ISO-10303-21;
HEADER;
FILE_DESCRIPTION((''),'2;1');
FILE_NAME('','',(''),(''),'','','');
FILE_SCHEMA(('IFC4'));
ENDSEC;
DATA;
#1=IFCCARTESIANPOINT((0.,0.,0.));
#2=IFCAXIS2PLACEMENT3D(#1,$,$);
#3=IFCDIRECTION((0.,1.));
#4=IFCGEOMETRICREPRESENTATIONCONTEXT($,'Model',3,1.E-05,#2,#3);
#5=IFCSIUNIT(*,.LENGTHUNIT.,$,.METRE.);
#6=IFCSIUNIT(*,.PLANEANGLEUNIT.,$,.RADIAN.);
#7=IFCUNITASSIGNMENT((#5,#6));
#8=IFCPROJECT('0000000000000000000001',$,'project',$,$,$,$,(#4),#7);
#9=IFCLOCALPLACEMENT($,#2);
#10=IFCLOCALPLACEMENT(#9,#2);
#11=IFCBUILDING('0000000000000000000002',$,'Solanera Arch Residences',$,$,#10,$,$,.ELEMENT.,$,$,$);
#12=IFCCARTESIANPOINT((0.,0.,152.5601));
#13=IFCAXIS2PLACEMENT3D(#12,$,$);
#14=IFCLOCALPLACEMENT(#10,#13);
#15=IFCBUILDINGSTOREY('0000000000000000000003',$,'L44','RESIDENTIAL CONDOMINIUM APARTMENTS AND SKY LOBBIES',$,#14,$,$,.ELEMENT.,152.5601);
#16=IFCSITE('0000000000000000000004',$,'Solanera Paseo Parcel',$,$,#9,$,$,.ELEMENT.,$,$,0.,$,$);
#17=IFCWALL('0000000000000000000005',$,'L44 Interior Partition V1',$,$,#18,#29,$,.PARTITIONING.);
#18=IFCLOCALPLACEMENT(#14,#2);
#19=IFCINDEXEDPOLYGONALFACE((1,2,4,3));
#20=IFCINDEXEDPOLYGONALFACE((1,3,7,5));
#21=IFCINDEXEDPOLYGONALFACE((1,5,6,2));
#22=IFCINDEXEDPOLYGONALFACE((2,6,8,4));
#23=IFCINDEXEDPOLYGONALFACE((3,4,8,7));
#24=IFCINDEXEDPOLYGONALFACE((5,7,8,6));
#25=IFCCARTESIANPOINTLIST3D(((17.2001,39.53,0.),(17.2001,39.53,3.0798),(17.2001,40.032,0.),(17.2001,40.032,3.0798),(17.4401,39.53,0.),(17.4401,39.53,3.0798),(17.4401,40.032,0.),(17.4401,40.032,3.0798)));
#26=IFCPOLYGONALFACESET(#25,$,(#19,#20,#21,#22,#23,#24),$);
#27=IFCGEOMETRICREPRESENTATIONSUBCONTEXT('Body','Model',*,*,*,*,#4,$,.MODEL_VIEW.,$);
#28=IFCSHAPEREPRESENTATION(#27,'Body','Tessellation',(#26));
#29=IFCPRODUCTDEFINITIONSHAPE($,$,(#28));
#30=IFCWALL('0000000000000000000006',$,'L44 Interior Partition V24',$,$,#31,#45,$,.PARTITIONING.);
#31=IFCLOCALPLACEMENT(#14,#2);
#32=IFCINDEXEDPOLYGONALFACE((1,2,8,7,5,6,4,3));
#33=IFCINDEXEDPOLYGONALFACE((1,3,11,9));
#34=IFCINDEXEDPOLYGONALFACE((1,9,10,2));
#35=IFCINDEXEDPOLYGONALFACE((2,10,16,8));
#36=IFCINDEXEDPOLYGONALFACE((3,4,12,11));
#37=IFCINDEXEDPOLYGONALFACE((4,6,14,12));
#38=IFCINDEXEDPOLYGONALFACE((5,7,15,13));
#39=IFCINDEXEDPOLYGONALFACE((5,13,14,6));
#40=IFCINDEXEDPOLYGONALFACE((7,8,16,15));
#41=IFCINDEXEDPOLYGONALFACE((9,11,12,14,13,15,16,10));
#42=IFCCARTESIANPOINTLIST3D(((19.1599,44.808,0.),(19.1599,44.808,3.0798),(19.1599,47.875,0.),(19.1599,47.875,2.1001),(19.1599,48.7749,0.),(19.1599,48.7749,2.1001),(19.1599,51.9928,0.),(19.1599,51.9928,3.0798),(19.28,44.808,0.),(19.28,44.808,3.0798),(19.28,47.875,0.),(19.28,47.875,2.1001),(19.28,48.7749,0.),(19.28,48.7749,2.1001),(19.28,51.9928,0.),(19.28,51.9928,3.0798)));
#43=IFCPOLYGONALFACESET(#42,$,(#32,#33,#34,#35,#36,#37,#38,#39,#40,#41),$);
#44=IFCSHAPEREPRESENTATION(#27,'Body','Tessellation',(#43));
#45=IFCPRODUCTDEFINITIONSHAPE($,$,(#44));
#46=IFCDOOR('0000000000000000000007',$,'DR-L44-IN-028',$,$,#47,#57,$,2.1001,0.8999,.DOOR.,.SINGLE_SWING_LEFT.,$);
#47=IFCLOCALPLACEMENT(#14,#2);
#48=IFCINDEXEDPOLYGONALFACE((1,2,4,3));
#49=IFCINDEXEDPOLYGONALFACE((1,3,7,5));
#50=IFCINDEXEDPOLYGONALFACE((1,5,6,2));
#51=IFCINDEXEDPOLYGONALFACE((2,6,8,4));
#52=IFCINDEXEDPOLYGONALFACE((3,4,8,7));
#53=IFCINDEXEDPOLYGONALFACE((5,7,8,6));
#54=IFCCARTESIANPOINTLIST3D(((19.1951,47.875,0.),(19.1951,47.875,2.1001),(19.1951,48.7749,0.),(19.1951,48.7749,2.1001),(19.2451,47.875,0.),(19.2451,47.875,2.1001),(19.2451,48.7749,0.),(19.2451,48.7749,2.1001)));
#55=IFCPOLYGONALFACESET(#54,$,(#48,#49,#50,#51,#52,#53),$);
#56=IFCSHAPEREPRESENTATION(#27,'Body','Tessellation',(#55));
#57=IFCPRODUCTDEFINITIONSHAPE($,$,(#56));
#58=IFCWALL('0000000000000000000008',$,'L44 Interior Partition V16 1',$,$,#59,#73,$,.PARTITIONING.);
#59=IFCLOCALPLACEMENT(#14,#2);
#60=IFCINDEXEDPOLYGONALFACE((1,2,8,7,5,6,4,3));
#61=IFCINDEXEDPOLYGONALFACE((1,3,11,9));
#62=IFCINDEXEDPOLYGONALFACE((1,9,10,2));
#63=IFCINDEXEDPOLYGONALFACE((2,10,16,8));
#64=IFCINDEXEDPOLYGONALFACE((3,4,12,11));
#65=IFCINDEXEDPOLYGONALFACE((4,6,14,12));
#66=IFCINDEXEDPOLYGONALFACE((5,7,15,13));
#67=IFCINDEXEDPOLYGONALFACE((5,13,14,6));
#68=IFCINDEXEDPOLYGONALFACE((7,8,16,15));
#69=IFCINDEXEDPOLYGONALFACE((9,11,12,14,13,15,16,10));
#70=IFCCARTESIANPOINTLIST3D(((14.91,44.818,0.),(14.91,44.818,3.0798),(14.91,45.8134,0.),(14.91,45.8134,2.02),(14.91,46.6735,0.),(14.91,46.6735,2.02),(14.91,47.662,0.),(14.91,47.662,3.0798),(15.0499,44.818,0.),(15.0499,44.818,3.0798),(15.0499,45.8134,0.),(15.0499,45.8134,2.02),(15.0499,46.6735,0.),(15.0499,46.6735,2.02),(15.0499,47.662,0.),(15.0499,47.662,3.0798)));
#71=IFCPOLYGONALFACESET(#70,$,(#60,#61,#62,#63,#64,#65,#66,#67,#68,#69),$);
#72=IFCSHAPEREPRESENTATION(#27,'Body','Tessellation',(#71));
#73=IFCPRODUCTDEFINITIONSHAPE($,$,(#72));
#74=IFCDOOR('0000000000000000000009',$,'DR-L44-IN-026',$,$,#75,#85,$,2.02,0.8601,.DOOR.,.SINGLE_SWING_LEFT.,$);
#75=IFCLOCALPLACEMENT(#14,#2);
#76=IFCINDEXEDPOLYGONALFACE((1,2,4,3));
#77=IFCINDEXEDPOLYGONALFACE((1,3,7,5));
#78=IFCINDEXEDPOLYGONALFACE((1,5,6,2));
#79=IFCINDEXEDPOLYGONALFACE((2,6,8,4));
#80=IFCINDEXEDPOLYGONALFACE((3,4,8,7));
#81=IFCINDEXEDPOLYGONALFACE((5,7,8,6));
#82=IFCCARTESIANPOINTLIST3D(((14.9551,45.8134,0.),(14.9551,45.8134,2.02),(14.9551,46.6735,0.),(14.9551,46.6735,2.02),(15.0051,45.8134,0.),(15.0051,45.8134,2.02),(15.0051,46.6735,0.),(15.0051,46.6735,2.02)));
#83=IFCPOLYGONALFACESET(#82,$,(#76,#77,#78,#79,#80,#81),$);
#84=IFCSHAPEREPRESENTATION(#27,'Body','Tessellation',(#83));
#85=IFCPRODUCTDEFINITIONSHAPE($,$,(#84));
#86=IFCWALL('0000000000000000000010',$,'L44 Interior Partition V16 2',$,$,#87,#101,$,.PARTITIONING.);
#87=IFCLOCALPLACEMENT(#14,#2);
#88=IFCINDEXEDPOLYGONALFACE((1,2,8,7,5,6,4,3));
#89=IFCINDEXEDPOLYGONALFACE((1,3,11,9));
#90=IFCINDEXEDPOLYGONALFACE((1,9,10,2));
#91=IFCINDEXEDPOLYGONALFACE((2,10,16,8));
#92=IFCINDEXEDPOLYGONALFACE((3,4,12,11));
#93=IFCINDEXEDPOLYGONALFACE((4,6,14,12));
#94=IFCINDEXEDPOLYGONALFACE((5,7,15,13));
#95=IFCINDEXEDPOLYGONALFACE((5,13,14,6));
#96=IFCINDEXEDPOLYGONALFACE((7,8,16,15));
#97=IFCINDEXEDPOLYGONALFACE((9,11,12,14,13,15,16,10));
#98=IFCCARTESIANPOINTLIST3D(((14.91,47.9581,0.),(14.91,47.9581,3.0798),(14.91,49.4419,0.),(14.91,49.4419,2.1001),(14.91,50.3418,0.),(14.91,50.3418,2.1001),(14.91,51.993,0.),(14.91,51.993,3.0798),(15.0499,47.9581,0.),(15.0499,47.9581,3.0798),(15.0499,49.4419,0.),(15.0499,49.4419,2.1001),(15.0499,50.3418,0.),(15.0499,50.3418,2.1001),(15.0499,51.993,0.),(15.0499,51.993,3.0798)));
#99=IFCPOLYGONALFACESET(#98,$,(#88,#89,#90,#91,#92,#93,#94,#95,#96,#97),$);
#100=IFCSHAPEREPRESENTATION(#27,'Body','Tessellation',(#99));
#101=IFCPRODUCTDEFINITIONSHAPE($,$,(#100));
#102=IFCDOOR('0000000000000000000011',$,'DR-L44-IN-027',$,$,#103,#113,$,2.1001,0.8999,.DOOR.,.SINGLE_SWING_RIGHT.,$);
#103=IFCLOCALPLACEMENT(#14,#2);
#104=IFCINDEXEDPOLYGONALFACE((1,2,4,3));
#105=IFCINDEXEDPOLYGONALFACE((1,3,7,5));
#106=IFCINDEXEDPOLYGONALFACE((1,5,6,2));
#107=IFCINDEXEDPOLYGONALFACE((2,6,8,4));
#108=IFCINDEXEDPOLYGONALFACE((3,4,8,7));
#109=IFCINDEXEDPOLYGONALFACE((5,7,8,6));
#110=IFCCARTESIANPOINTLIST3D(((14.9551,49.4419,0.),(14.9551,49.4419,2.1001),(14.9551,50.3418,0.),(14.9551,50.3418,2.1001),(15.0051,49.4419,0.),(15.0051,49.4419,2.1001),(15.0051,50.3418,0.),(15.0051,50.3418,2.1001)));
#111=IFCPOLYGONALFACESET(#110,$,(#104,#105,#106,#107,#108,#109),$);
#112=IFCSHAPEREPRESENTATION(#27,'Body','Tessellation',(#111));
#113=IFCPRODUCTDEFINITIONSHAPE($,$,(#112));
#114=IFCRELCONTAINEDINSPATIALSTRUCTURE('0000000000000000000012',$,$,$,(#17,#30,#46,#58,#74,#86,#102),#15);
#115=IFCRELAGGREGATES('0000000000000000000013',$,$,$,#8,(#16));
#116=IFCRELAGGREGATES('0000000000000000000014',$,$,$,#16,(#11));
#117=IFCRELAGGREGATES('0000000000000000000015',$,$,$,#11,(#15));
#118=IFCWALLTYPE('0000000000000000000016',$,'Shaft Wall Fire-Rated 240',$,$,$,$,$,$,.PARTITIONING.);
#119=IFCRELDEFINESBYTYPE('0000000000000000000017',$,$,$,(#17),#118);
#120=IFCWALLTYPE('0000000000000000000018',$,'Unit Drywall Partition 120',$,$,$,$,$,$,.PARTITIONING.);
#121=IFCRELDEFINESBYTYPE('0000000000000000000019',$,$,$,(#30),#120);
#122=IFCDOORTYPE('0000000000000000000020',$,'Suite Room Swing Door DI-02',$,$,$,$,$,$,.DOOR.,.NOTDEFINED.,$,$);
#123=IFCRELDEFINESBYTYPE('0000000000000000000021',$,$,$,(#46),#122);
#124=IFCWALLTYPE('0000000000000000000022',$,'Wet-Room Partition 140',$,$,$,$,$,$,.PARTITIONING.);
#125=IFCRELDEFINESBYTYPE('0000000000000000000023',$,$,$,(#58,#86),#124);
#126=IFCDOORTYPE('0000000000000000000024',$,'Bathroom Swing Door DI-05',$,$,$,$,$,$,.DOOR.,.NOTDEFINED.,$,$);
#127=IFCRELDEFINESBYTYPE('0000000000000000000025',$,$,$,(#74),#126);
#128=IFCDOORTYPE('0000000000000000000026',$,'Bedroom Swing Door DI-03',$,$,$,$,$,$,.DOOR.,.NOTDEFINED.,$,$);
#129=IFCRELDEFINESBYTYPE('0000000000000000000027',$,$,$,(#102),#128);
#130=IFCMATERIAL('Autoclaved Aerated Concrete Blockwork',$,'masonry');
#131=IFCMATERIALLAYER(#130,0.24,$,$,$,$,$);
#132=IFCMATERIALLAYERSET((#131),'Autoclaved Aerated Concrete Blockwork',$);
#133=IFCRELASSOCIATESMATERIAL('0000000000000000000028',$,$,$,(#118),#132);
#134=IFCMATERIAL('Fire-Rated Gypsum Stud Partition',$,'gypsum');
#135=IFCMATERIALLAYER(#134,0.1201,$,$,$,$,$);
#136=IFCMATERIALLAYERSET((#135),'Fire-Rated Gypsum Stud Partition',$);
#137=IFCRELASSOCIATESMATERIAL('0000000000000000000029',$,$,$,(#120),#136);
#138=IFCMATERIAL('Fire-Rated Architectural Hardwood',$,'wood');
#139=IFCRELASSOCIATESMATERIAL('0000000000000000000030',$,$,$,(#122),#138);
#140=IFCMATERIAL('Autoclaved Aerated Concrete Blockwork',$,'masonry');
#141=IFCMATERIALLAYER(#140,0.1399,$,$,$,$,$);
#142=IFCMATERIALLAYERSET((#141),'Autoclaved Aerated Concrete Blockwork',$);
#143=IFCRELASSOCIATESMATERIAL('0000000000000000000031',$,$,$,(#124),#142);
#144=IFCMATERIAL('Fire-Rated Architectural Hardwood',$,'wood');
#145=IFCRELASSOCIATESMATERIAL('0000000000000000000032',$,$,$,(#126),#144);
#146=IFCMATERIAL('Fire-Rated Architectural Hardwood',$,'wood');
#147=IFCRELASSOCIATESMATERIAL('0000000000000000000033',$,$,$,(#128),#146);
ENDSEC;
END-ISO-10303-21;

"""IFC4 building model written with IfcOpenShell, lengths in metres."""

from ifc_helpers import new_model, si_unit, direction, frame, frame_2d, origin, place, context, subcontext, project, spatial, rectangle, extrude, material, layer, layer_set, type_object, element, fill, save


model = new_model("IFC4")

# Units and contexts
model_context = context("Model", 3, precision=1e-05, world=origin(), true_north=direction((0.0, 1.0)))
body_context = subcontext(model_context, "Body", "Model", "MODEL_VIEW")
ifc_project = project(units=[si_unit("LENGTHUNIT", "METRE"), si_unit("PLANEANGLEUNIT", "RADIAN")], contexts=[model_context])

# Site, building, storey
site_placement = place(None, origin())
site = spatial("IfcSite", under=ifc_project, at=site_placement, Name="Solanera Paseo Parcel", CompositionType="ELEMENT", RefElevation=0.0)
building_placement = place(site_placement, origin())
building = spatial("IfcBuilding", under=site, at=building_placement, Name="Solanera Arch Residences", CompositionType="ELEMENT")
storey_placement = place(building_placement, frame((0.0, 0.0, 152.5601)))
storey = spatial("IfcBuildingStorey", under=building, at=storey_placement, Name="L44", Description="RESIDENTIAL CONDOMINIUM APARTMENTS AND SKY LOBBIES", CompositionType="ELEMENT", Elevation=152.5601)

# Wall
ifc_material_1 = material(Name="Autoclaved Aerated Concrete Blockwork", Category="masonry")
ifc_layer_1 = layer(ifc_material_1, 0.24)
ifc_layer_set_1 = layer_set([ifc_layer_1], Name="Autoclaved Aerated Concrete Blockwork")
wall_type_1 = type_object("IfcWallType", Name="Shaft Wall Fire-Rated 240", PredefinedType="PARTITIONING", material=ifc_layer_set_1)
wall_1_placement = place(storey_placement, frame((17.3201, 39.53, 0.0), z_axis=(0.0, 0.0, 1.0), x_axis=(0.0, 1.0, 0.0)))
element("IfcWall", 1, at=wall_1_placement, inside=storey, type_object=wall_type_1, Name="L44 Interior Partition V1", PredefinedType="PARTITIONING", context=body_context, shape_type="SweptSolid", body=[
    extrude(rectangle(XDim=0.502, YDim=0.24, at=frame_2d((0.251, 0.0))), origin(), (0.0, 0.0, 1.0), 3.0798),
])

# Walls, openings, doors
ifc_material_2 = material(Name="Fire-Rated Gypsum Stud Partition", Category="gypsum")
ifc_layer_2 = layer(ifc_material_2, 0.1201)
ifc_layer_set_2 = layer_set([ifc_layer_2], Name="Fire-Rated Gypsum Stud Partition")
wall_type_2 = type_object("IfcWallType", Name="Unit Drywall Partition 120", PredefinedType="PARTITIONING", material=ifc_layer_set_2)
wall_2_placement = place(storey_placement, frame((19.22, 44.8081, 0.0), z_axis=(0.0, 0.0, 1.0), x_axis=(0.0, 1.0, 0.0)))
wall_2 = element("IfcWall", 2, at=wall_2_placement, inside=storey, type_object=wall_type_2, Name="L44 Interior Partition V24", PredefinedType="PARTITIONING", context=body_context, shape_type="SweptSolid", body=[
    extrude(rectangle(XDim=7.1848, YDim=0.1201, at=frame_2d((3.5923, 0.0))), origin(), (0.0, 0.0, 1.0), 3.0798),
])
opening_1_placement = place(wall_2_placement, frame((3.0669, 0.0, 0.0)))
opening_1 = element("IfcOpeningElement", 3, at=opening_1_placement, cuts=wall_2, PredefinedType="OPENING", context=body_context, shape_type="SweptSolid", body=[
    extrude(rectangle(XDim=0.8999, YDim=2.1001, at=frame_2d((0.45, 1.05))), frame((0.0, 0.0701, 0.0), z_axis=(0.0, -1.0, 0.0), x_axis=(1.0, 0.0, 0.0)), (0.0, 0.0, 1.0), 0.1401),
])
ifc_material_3 = material(Name="Fire-Rated Architectural Hardwood", Category="wood")
door_type_1 = type_object("IfcDoorType", Name="Suite Room Swing Door DI-02", OperationType="NOTDEFINED", PredefinedType="DOOR", material=ifc_material_3)
door_1_placement = place(opening_1_placement, origin())
door_1 = element("IfcDoor", 4, at=door_1_placement, inside=storey, type_object=door_type_1, Name="DR-L44-IN-028", OperationType="SINGLE_SWING_LEFT", OverallHeight=2.1001, OverallWidth=0.8999, PredefinedType="DOOR", context=body_context, shape_type="SweptSolid", body=[
    extrude(rectangle(XDim=0.8999, YDim=2.1001, at=frame_2d((0.45, 1.05))), frame((0.0, 0.0249, 0.0), z_axis=(0.0, -1.0, 0.0), x_axis=(1.0, 0.0, 0.0)), (0.0, 0.0, 1.0), 0.05),
])
fill(opening_1, door_1)
ifc_material_4 = material(Name="Autoclaved Aerated Concrete Blockwork", Category="masonry")
ifc_layer_3 = layer(ifc_material_4, 0.1399)
ifc_layer_set_3 = layer_set([ifc_layer_3], Name="Autoclaved Aerated Concrete Blockwork")
wall_type_3 = type_object("IfcWallType", Name="Wet-Room Partition 140", PredefinedType="PARTITIONING", material=ifc_layer_set_3)
wall_3_placement = place(storey_placement, frame((14.98, 44.8181, 0.0), z_axis=(0.0, 0.0, 1.0), x_axis=(0.0, 1.0, 0.0)))
wall_3 = element("IfcWall", 5, at=wall_3_placement, inside=storey, type_object=wall_type_3, Name="L44 Interior Partition V16 1", PredefinedType="PARTITIONING", context=body_context, shape_type="SweptSolid", body=[
    extrude(rectangle(XDim=2.844, YDim=0.1399, at=frame_2d((1.4219, 0.0))), origin(), (0.0, 0.0, 1.0), 3.0798),
])
opening_2_placement = place(wall_3_placement, frame((0.9951, 0.0, 0.0)))
opening_2 = element("IfcOpeningElement", 6, at=opening_2_placement, cuts=wall_3, PredefinedType="OPENING", context=body_context, shape_type="SweptSolid", body=[
    extrude(rectangle(XDim=0.8601, YDim=2.02, at=frame_2d((0.4302, 1.01))), frame((0.0, 0.0798, 0.0), z_axis=(0.0, -1.0, 0.0), x_axis=(1.0, 0.0, 0.0)), (0.0, 0.0, 1.0), 0.1599),
])
ifc_material_5 = material(Name="Fire-Rated Architectural Hardwood", Category="wood")
door_type_2 = type_object("IfcDoorType", Name="Bathroom Swing Door DI-05", OperationType="NOTDEFINED", PredefinedType="DOOR", material=ifc_material_5)
door_2_placement = place(opening_2_placement, origin())
door_2 = element("IfcDoor", 7, at=door_2_placement, inside=storey, type_object=door_type_2, Name="DR-L44-IN-026", OperationType="SINGLE_SWING_LEFT", OverallHeight=2.02, OverallWidth=0.8601, PredefinedType="DOOR", context=body_context, shape_type="SweptSolid", body=[
    extrude(rectangle(XDim=0.8601, YDim=2.02, at=frame_2d((0.4302, 1.01))), frame((0.0, 0.0249, 0.0), z_axis=(0.0, -1.0, 0.0), x_axis=(1.0, 0.0, 0.0)), (0.0, 0.0, 1.0), 0.05),
])
fill(opening_2, door_2)
wall_4_placement = place(storey_placement, frame((14.98, 47.958, 0.0), z_axis=(0.0, 0.0, 1.0), x_axis=(0.0, 1.0, 0.0)))
wall_4 = element("IfcWall", 8, at=wall_4_placement, inside=storey, type_object=wall_type_3, Name="L44 Interior Partition V16 2", PredefinedType="PARTITIONING", context=body_context, shape_type="SweptSolid", body=[
    extrude(rectangle(XDim=4.0349, YDim=0.1399, at=frame_2d((2.0176, 0.0))), origin(), (0.0, 0.0, 1.0), 3.0798),
])
opening_3_placement = place(wall_4_placement, frame((1.4839, 0.0, 0.0)))
opening_3 = element("IfcOpeningElement", 9, at=opening_3_placement, cuts=wall_4, PredefinedType="OPENING", context=body_context, shape_type="SweptSolid", body=[
    extrude(rectangle(XDim=0.8999, YDim=2.1001, at=frame_2d((0.45, 1.05))), frame((0.0, 0.0798, 0.0), z_axis=(0.0, -1.0, 0.0), x_axis=(1.0, 0.0, 0.0)), (0.0, 0.0, 1.0), 0.1599),
])
ifc_material_6 = material(Name="Fire-Rated Architectural Hardwood", Category="wood")
door_type_3 = type_object("IfcDoorType", Name="Bedroom Swing Door DI-03", OperationType="NOTDEFINED", PredefinedType="DOOR", material=ifc_material_6)
door_3_placement = place(opening_3_placement, origin())
door_3 = element("IfcDoor", 10, at=door_3_placement, inside=storey, type_object=door_type_3, Name="DR-L44-IN-027", OperationType="SINGLE_SWING_RIGHT", OverallHeight=2.1001, OverallWidth=0.8999, PredefinedType="DOOR", context=body_context, shape_type="SweptSolid", body=[
    extrude(rectangle(XDim=0.8999, YDim=2.1001, at=frame_2d((0.45, 1.05))), frame((0.0, 0.0249, 0.0), z_axis=(0.0, -1.0, 0.0), x_axis=(1.0, 0.0, 0.0)), (0.0, 0.0, 1.0), 0.05),
])
fill(opening_3, door_3)

save(model, "model.ifc")
